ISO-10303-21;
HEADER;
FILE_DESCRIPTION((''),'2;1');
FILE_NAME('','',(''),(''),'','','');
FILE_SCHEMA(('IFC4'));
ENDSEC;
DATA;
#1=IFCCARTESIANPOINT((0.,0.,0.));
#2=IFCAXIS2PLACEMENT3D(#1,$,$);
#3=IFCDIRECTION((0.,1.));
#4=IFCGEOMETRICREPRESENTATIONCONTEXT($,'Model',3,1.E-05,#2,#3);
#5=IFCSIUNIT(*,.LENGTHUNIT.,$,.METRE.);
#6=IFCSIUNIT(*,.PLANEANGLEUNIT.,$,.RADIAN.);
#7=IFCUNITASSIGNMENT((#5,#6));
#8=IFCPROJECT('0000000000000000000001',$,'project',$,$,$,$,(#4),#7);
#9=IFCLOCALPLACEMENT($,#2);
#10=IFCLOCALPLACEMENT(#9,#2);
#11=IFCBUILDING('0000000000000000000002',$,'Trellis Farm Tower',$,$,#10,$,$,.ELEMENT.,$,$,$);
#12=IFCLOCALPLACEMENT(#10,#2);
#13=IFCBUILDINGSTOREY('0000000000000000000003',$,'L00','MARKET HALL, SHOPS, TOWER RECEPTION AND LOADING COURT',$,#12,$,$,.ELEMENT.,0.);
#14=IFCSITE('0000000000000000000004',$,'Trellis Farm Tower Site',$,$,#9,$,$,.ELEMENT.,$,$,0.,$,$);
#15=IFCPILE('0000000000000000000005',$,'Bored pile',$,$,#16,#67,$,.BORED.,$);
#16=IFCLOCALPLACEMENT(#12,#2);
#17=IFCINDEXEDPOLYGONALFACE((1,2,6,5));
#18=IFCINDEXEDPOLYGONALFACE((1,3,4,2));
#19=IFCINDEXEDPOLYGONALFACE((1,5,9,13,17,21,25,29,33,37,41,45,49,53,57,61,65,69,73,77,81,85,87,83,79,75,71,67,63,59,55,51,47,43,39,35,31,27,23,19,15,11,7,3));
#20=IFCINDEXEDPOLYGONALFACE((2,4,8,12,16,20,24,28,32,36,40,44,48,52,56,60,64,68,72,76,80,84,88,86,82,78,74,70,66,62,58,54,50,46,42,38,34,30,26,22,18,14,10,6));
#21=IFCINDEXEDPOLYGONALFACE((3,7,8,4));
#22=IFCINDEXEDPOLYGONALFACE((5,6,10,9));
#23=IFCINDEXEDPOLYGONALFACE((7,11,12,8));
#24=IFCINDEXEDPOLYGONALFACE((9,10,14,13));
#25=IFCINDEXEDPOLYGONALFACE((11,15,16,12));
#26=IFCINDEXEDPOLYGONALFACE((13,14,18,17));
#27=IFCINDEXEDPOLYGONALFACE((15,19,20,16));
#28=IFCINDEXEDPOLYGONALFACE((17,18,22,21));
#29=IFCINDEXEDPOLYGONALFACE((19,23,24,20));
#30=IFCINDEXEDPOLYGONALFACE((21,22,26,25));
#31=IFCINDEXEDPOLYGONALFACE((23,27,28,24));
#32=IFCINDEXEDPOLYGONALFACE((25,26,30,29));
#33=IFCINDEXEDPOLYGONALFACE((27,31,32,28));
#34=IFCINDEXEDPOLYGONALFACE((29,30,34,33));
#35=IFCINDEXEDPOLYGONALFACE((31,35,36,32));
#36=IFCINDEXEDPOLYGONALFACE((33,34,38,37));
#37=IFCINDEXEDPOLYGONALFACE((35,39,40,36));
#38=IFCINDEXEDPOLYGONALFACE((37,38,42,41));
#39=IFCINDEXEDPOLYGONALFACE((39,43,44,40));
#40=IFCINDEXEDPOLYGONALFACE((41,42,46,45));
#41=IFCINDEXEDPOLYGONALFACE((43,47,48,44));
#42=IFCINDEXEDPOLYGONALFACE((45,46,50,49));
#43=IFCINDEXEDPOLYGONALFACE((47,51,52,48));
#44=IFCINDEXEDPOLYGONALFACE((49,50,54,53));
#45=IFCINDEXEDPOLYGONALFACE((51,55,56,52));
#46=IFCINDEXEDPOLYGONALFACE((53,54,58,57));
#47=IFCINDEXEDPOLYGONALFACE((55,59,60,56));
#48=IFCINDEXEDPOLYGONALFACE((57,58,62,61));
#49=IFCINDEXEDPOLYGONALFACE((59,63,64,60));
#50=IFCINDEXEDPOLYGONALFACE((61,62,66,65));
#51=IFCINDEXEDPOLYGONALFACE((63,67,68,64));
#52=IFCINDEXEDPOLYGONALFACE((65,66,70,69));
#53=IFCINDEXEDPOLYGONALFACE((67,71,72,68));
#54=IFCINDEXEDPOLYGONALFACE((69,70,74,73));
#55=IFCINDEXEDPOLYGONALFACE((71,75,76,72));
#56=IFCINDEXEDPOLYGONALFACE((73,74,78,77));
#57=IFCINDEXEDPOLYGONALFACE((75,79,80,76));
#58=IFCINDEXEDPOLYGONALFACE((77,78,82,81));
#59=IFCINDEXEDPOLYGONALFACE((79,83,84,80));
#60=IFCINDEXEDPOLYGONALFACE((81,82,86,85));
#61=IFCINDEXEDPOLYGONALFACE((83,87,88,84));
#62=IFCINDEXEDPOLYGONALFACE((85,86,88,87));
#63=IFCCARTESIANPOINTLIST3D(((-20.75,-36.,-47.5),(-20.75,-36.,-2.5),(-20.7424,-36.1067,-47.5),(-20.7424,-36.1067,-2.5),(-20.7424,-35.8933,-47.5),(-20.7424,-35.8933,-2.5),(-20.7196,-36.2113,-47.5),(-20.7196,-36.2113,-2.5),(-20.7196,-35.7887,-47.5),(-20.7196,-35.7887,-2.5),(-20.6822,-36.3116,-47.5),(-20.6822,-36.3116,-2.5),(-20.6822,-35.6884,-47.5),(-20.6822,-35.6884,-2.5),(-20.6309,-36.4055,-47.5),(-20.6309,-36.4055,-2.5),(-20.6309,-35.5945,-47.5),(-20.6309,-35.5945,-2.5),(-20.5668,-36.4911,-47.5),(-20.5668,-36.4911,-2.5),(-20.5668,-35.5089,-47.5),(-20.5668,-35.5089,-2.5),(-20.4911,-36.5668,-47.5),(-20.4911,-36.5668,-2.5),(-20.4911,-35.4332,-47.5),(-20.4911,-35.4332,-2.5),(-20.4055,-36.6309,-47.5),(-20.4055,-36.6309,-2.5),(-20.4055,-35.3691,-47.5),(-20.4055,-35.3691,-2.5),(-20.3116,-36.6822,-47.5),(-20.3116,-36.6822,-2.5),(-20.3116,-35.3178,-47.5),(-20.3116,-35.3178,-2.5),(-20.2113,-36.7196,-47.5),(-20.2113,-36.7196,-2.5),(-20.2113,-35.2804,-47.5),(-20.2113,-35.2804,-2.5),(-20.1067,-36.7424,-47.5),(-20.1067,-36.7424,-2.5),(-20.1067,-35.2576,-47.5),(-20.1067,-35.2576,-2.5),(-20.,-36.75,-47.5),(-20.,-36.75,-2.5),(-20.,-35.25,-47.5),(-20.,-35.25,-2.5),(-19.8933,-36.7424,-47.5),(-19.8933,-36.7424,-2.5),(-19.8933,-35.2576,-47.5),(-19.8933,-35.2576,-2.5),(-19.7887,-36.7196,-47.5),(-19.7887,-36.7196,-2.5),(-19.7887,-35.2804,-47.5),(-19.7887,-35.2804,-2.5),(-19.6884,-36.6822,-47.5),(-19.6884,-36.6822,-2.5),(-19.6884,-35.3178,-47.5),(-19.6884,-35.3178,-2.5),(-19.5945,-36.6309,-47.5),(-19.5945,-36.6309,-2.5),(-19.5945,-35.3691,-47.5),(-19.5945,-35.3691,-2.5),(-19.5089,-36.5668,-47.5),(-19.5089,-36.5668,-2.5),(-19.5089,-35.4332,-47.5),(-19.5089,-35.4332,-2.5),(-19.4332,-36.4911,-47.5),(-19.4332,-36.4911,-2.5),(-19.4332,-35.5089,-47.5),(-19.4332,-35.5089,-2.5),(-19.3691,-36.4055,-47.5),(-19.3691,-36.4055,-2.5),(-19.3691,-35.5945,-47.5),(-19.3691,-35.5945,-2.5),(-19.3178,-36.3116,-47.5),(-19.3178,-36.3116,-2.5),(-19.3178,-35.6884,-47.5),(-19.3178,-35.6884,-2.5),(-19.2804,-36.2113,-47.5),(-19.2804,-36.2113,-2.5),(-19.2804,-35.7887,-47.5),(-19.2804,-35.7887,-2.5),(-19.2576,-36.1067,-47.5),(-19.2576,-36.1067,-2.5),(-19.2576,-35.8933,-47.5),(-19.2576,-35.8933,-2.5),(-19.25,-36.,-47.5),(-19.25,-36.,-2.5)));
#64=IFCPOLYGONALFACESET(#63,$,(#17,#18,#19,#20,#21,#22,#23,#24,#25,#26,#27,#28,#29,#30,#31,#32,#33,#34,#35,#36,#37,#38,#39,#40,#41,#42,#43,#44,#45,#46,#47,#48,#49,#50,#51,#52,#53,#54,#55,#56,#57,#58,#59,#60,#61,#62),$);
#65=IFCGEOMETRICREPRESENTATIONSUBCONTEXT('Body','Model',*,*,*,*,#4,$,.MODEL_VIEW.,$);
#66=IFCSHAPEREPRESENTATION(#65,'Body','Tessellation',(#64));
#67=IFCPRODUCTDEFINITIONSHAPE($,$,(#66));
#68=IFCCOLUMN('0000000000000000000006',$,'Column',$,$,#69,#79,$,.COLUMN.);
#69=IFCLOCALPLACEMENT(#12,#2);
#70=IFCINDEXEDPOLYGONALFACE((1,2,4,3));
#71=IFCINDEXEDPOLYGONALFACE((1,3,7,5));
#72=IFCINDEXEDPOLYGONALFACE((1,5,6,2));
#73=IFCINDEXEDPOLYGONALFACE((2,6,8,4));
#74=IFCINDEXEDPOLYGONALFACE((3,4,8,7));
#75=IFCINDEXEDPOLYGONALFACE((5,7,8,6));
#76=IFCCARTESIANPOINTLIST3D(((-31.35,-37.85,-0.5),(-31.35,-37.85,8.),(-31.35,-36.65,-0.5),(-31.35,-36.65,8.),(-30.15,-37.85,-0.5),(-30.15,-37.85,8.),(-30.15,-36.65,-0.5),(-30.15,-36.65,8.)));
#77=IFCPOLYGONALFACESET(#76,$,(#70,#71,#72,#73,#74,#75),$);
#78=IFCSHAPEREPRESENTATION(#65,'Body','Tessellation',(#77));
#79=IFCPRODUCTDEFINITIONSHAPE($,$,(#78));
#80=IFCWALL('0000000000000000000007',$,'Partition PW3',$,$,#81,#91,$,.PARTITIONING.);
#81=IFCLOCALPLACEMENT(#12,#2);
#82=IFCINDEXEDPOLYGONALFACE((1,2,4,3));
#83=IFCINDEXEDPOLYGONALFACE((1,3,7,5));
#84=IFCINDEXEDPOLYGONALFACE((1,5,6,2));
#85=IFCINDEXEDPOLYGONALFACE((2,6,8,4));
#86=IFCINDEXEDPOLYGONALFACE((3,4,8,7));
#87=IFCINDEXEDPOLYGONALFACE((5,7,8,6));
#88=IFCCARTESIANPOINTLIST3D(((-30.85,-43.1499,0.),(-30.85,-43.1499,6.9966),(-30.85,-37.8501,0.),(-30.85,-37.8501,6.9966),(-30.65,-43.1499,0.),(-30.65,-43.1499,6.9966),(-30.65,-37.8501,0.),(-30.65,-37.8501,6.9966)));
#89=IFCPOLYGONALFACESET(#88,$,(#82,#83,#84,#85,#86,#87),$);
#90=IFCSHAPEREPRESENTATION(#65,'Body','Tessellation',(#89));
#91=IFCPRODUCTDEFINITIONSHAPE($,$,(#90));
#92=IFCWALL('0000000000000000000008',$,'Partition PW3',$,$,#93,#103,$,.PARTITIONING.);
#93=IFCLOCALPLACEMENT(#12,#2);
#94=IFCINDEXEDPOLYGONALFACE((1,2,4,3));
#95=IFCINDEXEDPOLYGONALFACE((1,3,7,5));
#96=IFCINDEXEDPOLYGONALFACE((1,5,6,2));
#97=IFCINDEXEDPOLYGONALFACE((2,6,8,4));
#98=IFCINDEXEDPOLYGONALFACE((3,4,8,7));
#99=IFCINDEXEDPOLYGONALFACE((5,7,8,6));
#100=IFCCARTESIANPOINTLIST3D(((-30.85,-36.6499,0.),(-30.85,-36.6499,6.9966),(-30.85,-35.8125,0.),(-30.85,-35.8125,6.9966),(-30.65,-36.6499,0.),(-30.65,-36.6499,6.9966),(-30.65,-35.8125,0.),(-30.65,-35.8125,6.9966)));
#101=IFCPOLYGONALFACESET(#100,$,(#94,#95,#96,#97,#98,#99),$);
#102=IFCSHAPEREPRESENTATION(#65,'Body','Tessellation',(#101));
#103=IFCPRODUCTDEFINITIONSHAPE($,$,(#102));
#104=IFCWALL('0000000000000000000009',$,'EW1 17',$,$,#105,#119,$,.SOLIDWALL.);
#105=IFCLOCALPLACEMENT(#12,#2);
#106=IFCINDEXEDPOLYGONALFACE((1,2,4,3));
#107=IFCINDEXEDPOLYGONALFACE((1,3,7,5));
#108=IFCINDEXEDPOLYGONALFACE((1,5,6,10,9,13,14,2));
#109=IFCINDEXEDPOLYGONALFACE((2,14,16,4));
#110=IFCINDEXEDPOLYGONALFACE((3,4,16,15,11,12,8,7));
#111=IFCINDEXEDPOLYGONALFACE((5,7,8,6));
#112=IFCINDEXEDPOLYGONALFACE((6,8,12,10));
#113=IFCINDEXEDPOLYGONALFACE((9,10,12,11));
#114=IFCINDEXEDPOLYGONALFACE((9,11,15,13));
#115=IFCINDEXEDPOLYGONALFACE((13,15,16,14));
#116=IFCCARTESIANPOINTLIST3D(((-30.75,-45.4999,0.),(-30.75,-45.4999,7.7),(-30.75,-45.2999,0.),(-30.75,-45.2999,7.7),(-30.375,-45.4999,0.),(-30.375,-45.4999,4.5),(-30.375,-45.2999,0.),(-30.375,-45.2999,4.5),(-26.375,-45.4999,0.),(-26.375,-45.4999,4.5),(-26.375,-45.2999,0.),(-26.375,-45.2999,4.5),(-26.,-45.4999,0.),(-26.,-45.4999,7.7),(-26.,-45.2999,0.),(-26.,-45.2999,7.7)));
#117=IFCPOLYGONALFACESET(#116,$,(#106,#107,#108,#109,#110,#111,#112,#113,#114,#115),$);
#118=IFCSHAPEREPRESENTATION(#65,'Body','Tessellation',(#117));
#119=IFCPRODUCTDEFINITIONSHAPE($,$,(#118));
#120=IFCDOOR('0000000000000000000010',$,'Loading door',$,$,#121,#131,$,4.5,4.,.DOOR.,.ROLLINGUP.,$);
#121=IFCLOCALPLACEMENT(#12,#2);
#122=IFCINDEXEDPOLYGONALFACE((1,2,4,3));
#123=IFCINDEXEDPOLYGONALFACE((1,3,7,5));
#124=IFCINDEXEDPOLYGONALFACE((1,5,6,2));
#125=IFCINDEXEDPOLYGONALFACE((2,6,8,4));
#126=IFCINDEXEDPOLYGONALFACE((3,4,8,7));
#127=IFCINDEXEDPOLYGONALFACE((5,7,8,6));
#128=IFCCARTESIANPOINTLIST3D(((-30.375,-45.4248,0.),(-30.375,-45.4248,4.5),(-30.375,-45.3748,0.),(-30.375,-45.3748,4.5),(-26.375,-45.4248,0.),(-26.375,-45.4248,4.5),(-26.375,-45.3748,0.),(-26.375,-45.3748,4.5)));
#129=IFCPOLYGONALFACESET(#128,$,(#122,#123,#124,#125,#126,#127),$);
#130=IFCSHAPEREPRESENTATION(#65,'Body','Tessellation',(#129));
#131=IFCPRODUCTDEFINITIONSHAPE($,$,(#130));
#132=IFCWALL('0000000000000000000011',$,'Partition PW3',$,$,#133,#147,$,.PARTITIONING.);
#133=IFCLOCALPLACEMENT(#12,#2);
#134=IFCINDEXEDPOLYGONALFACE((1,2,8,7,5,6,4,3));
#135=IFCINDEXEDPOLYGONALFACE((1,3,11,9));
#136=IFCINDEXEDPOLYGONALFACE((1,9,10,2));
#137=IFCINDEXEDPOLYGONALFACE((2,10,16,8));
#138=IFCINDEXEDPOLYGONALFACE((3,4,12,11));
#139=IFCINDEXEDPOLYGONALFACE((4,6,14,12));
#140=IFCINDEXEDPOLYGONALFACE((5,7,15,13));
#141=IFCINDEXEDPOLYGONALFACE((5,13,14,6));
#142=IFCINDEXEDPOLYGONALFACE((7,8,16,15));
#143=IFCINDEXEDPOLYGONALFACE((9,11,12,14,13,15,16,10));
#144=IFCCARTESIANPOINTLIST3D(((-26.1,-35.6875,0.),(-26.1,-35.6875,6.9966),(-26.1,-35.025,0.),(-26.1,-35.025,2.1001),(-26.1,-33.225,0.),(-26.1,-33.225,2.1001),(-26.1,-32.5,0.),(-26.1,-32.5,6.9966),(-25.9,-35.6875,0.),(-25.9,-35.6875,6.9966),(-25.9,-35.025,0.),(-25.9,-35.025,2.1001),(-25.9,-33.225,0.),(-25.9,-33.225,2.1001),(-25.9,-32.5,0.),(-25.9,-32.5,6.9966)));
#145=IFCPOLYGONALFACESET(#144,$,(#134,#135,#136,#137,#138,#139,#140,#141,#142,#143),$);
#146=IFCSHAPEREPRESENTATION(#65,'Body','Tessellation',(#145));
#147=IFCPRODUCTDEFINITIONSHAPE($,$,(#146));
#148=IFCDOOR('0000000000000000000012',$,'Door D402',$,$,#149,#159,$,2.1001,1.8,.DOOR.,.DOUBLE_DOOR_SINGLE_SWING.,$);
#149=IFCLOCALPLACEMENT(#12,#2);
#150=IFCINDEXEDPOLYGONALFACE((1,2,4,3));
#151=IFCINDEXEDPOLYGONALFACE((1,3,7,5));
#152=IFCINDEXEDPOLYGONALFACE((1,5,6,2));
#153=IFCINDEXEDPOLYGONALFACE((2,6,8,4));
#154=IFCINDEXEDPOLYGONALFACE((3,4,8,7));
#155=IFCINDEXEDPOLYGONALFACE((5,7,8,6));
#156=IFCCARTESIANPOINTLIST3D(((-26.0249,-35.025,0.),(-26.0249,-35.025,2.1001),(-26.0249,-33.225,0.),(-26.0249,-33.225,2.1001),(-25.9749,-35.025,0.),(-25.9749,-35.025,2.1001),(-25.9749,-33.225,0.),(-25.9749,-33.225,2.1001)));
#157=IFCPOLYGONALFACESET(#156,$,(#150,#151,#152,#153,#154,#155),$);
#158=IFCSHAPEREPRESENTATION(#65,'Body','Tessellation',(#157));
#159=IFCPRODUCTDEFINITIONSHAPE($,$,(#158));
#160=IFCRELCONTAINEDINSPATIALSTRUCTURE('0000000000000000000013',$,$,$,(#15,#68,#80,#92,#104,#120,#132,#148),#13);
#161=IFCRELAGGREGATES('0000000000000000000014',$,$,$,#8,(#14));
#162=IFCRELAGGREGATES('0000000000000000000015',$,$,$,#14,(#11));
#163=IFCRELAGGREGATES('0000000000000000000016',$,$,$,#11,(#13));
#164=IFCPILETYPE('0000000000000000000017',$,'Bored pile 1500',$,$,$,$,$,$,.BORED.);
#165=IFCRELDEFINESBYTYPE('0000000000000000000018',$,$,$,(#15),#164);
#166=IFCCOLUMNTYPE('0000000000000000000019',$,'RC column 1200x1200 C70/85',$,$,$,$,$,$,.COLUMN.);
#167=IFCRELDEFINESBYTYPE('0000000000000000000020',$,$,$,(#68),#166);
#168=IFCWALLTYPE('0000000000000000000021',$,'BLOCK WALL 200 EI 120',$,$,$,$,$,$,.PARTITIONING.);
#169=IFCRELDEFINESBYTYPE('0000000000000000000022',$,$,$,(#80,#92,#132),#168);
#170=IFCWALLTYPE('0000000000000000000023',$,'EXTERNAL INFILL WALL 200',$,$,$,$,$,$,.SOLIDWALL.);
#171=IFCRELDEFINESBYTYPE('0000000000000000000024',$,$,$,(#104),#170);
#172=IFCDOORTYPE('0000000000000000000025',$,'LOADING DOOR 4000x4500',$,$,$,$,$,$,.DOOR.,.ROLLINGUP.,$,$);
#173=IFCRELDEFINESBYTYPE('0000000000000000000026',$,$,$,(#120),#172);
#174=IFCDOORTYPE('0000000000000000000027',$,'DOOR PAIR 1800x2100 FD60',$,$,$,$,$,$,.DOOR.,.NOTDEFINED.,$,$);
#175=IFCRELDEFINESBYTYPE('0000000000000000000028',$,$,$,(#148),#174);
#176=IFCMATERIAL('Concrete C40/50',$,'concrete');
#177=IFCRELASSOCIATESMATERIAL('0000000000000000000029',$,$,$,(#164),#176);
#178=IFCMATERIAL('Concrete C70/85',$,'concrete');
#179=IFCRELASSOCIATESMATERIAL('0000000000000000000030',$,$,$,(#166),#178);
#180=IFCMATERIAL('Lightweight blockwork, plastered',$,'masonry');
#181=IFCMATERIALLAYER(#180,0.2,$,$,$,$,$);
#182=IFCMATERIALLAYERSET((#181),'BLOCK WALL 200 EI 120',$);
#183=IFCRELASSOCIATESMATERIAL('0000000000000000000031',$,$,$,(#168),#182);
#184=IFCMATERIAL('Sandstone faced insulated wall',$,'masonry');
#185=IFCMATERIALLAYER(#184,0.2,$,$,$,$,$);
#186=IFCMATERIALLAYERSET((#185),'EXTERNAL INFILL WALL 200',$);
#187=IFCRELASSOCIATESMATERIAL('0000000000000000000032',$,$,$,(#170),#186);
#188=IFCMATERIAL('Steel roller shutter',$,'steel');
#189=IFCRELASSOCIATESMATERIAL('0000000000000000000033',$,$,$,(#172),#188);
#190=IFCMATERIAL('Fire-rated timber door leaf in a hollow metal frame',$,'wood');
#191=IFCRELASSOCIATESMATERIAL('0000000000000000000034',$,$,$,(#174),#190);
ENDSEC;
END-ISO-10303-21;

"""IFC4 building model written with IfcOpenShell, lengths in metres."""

from ifc_helpers import new_model, si_unit, direction, frame, frame_2d, origin, origin_2d, place, context, subcontext, project, spatial, rectangle, circle, extrude, source, transform, mapped, material, layer, layer_set, material_profile, profile_set, type_object, element, fill, save


model = new_model("IFC4")

# Units and contexts
model_context = context("Model", 3, precision=1e-05, world=origin(), true_north=direction((0.0, 1.0)))
body_context = subcontext(model_context, "Body", "Model", "MODEL_VIEW")
ifc_project = project(units=[si_unit("LENGTHUNIT", "METRE"), si_unit("PLANEANGLEUNIT", "RADIAN")], contexts=[model_context])

# Site, building, storey
site_placement = place(None, origin())
site = spatial("IfcSite", under=ifc_project, at=site_placement, Name="Trellis Farm Tower Site", CompositionType="ELEMENT", RefElevation=0.0)
building_placement = place(site_placement, origin())
building = spatial("IfcBuilding", under=site, at=building_placement, Name="Trellis Farm Tower", CompositionType="ELEMENT")
storey_placement = place(building_placement, origin())
storey = spatial("IfcBuildingStorey", under=building, at=storey_placement, Name="L00", Description="MARKET HALL, SHOPS, TOWER RECEPTION AND LOADING COURT", CompositionType="ELEMENT", Elevation=0.0)

# Pile
ifc_material_1 = material(Name="Concrete C40/50", Category="concrete")
ifc_material_profile_1 = material_profile(ifc_material_1, circle(Radius=0.75, at=origin_2d()), Name="Bored pile 1500")
ifc_profile_set_1 = profile_set([ifc_material_profile_1], Name="Concrete C40/50")
pile_type = type_object("IfcPileType", Name="Bored pile 1500", PredefinedType="BORED", material=ifc_profile_set_1)
shared_shape_1 = source(origin(), body_context, "Body", "SweptSolid", [
    extrude(circle(Radius=0.75, at=origin_2d()), origin(), (0.0, 0.0, 1.0), 45.0),
])
for number, where, z_axis, x_axis, name in (
    (1, (-20.0, -36.0, -2.5), (0.0, 0.0, -1.0), (1.0, 0.0, 0.0), "Bored pile"),
):
    element("IfcPile", number, at=place(storey_placement, frame(where, z_axis=z_axis, x_axis=x_axis)), inside=storey, type_object=pile_type, Name=name, PredefinedType="BORED", context=body_context, shape_type="MappedRepresentation", body=[
        mapped(shared_shape_1, transform((0.0, 0.0, 0.0))),
    ])

# Column
ifc_material_2 = material(Name="Concrete C70/85", Category="concrete")
ifc_material_profile_2 = material_profile(ifc_material_2, rectangle(XDim=1.2, YDim=1.2, at=origin_2d()), Name="RC column 1200x1200 C70/85")
ifc_profile_set_2 = profile_set([ifc_material_profile_2], Name="Concrete C70/85")
column_type = type_object("IfcColumnType", Name="RC column 1200x1200 C70/85", PredefinedType="COLUMN", material=ifc_profile_set_2)
shared_shape_2 = source(origin(), body_context, "Body", "SweptSolid", [
    extrude(rectangle(XDim=1.2, YDim=1.2, at=origin_2d()), origin(), (0.0, 0.0, 1.0), 8.5),
])
column_placement = place(storey_placement, frame((-30.75, -37.25, -0.5), z_axis=(0.0, 0.0, 1.0), x_axis=(1.0, 0.0, 0.0)))
element("IfcColumn", 2, at=column_placement, inside=storey, type_object=column_type, Name="Column", PredefinedType="COLUMN", context=body_context, shape_type="MappedRepresentation", body=[
    mapped(shared_shape_2, transform((0.0, 0.0, 0.0))),
])

# Walls
ifc_material_3 = material(Name="Lightweight blockwork, plastered", Category="masonry")
ifc_layer_1 = layer(ifc_material_3, 0.2)
ifc_layer_set_1 = layer_set([ifc_layer_1], Name="BLOCK WALL 200 EI 120")
wall_type_1 = type_object("IfcWallType", Name="BLOCK WALL 200 EI 120", PredefinedType="PARTITIONING", material=ifc_layer_set_1)
wall_1_placement = place(storey_placement, frame((-30.75, -43.1499, 0.0), z_axis=(0.0, 0.0, 1.0), x_axis=(0.0, 1.0, 0.0)))
element("IfcWall", 3, at=wall_1_placement, inside=storey, type_object=wall_type_1, Name="Partition PW3", PredefinedType="PARTITIONING", context=body_context, shape_type="SweptSolid", body=[
    extrude(rectangle(XDim=5.2998, YDim=0.2, at=frame_2d((2.6499, 0.0))), origin(), (0.0, 0.0, 1.0), 6.9966),
])
wall_2_placement = place(storey_placement, frame((-30.75, -36.6499, 0.0), z_axis=(0.0, 0.0, 1.0), x_axis=(0.0, 1.0, 0.0)))
element("IfcWall", 4, at=wall_2_placement, inside=storey, type_object=wall_type_1, Name="Partition PW3", PredefinedType="PARTITIONING", context=body_context, shape_type="SweptSolid", body=[
    extrude(rectangle(XDim=0.8374, YDim=0.2, at=frame_2d((0.4187, 0.0))), origin(), (0.0, 0.0, 1.0), 6.9966),
])

# Walls, openings, doors
ifc_material_4 = material(Name="Sandstone faced insulated wall", Category="masonry")
ifc_layer_2 = layer(ifc_material_4, 0.2)
ifc_layer_set_2 = layer_set([ifc_layer_2], Name="EXTERNAL INFILL WALL 200")
wall_type_2 = type_object("IfcWallType", Name="EXTERNAL INFILL WALL 200", PredefinedType="SOLIDWALL", material=ifc_layer_set_2)
wall_3_placement = place(storey_placement, frame((-26.0, -45.3999, 0.0), z_axis=(0.0, 0.0, 1.0), x_axis=(-1.0, 0.0, 0.0)))
wall_3 = element("IfcWall", 5, at=wall_3_placement, inside=storey, type_object=wall_type_2, Name="EW1 17", PredefinedType="SOLIDWALL", context=body_context, shape_type="SweptSolid", body=[
    extrude(rectangle(XDim=4.75, YDim=0.2, at=frame_2d((2.375, 0.0))), origin(), (0.0, 0.0, 1.0), 7.7),
])
shared_shape_3 = source(origin(), body_context, "Body", "SweptSolid", [
    extrude(rectangle(XDim=4.0, YDim=4.5, at=frame_2d((2.0, 2.25))), frame((0.0, 0.1101, 0.0), z_axis=(0.0, -1.0, 0.0), x_axis=(1.0, 0.0, 0.0)), (0.0, 0.0, 1.0), 0.2202),
])
opening_1_placement = place(wall_3_placement, frame((0.375, 0.0, 0.0)))
opening_1 = element("IfcOpeningElement", 6, at=opening_1_placement, cuts=wall_3, PredefinedType="OPENING", context=body_context, shape_type="MappedRepresentation", body=[
    mapped(shared_shape_3, transform((0.0, 0.0, 0.0))),
])
ifc_material_5 = material(Name="Steel roller shutter", Category="steel")
door_type_1 = type_object("IfcDoorType", Name="LOADING DOOR 4000x4500", OperationType="ROLLINGUP", PredefinedType="DOOR", material=ifc_material_5)
shared_shape_4 = source(origin(), body_context, "Body", "SweptSolid", [
    extrude(rectangle(XDim=4.0, YDim=4.5, at=frame_2d((2.0, 2.25))), frame((0.0, 0.0249, 0.0), z_axis=(0.0, -1.0, 0.0), x_axis=(1.0, 0.0, 0.0)), (0.0, 0.0, 1.0), 0.05),
])
door_1_placement = place(opening_1_placement, origin())
door_1 = element("IfcDoor", 7, at=door_1_placement, inside=storey, type_object=door_type_1, Name="Loading door", OperationType="ROLLINGUP", OverallHeight=4.5, OverallWidth=4.0, PredefinedType="DOOR", context=body_context, shape_type="MappedRepresentation", body=[
    mapped(shared_shape_4, transform((0.0, 0.0, 0.0))),
])
fill(opening_1, door_1)
shared_shape_5 = source(origin(), body_context, "Body", "SweptSolid", [
    extrude(rectangle(XDim=3.1875, YDim=0.2, at=frame_2d((1.5938, 0.0))), origin(), (0.0, 0.0, 1.0), 6.9966),
])
wall_4_placement = place(storey_placement, frame((-26.0, -35.6875, 0.0), z_axis=(0.0, 0.0, 1.0), x_axis=(0.0, 1.0, 0.0)))
wall_4 = element("IfcWall", 8, at=wall_4_placement, inside=storey, type_object=wall_type_1, Name="Partition PW3", PredefinedType="PARTITIONING", context=body_context, shape_type="MappedRepresentation", body=[
    mapped(shared_shape_5, transform((0.0, 0.0, 0.0))),
])
shared_shape_6 = source(origin(), body_context, "Body", "SweptSolid", [
    extrude(rectangle(XDim=1.8, YDim=2.1001, at=frame_2d((0.8999, 1.05))), frame((0.0, 0.1101, 0.0), z_axis=(0.0, -1.0, 0.0), x_axis=(1.0, 0.0, 0.0)), (0.0, 0.0, 1.0), 0.2202),
])
opening_2_placement = place(wall_4_placement, frame((0.6626, 0.0, 0.0)))
opening_2 = element("IfcOpeningElement", 9, at=opening_2_placement, cuts=wall_4, PredefinedType="OPENING", context=body_context, shape_type="MappedRepresentation", body=[
    mapped(shared_shape_6, transform((0.0, 0.0, 0.0))),
])
ifc_material_6 = material(Name="Fire-rated timber door leaf in a hollow metal frame", Category="wood")
door_type_2 = type_object("IfcDoorType", Name="DOOR PAIR 1800x2100 FD60", OperationType="NOTDEFINED", PredefinedType="DOOR", material=ifc_material_6)
shared_shape_7 = source(origin(), body_context, "Body", "SweptSolid", [
    extrude(rectangle(XDim=1.8, YDim=2.1001, at=frame_2d((0.8999, 1.05))), frame((0.0, 0.0249, 0.0), z_axis=(0.0, -1.0, 0.0), x_axis=(1.0, 0.0, 0.0)), (0.0, 0.0, 1.0), 0.05),
])
door_2_placement = place(opening_2_placement, origin())
door_2 = element("IfcDoor", 10, at=door_2_placement, inside=storey, type_object=door_type_2, Name="Door D402", OperationType="DOUBLE_DOOR_SINGLE_SWING", OverallHeight=2.1001, OverallWidth=1.8, PredefinedType="DOOR", context=body_context, shape_type="MappedRepresentation", body=[
    mapped(shared_shape_7, transform((0.0, 0.0, 0.0))),
])
fill(opening_2, door_2)

save(model, "model.ifc")
